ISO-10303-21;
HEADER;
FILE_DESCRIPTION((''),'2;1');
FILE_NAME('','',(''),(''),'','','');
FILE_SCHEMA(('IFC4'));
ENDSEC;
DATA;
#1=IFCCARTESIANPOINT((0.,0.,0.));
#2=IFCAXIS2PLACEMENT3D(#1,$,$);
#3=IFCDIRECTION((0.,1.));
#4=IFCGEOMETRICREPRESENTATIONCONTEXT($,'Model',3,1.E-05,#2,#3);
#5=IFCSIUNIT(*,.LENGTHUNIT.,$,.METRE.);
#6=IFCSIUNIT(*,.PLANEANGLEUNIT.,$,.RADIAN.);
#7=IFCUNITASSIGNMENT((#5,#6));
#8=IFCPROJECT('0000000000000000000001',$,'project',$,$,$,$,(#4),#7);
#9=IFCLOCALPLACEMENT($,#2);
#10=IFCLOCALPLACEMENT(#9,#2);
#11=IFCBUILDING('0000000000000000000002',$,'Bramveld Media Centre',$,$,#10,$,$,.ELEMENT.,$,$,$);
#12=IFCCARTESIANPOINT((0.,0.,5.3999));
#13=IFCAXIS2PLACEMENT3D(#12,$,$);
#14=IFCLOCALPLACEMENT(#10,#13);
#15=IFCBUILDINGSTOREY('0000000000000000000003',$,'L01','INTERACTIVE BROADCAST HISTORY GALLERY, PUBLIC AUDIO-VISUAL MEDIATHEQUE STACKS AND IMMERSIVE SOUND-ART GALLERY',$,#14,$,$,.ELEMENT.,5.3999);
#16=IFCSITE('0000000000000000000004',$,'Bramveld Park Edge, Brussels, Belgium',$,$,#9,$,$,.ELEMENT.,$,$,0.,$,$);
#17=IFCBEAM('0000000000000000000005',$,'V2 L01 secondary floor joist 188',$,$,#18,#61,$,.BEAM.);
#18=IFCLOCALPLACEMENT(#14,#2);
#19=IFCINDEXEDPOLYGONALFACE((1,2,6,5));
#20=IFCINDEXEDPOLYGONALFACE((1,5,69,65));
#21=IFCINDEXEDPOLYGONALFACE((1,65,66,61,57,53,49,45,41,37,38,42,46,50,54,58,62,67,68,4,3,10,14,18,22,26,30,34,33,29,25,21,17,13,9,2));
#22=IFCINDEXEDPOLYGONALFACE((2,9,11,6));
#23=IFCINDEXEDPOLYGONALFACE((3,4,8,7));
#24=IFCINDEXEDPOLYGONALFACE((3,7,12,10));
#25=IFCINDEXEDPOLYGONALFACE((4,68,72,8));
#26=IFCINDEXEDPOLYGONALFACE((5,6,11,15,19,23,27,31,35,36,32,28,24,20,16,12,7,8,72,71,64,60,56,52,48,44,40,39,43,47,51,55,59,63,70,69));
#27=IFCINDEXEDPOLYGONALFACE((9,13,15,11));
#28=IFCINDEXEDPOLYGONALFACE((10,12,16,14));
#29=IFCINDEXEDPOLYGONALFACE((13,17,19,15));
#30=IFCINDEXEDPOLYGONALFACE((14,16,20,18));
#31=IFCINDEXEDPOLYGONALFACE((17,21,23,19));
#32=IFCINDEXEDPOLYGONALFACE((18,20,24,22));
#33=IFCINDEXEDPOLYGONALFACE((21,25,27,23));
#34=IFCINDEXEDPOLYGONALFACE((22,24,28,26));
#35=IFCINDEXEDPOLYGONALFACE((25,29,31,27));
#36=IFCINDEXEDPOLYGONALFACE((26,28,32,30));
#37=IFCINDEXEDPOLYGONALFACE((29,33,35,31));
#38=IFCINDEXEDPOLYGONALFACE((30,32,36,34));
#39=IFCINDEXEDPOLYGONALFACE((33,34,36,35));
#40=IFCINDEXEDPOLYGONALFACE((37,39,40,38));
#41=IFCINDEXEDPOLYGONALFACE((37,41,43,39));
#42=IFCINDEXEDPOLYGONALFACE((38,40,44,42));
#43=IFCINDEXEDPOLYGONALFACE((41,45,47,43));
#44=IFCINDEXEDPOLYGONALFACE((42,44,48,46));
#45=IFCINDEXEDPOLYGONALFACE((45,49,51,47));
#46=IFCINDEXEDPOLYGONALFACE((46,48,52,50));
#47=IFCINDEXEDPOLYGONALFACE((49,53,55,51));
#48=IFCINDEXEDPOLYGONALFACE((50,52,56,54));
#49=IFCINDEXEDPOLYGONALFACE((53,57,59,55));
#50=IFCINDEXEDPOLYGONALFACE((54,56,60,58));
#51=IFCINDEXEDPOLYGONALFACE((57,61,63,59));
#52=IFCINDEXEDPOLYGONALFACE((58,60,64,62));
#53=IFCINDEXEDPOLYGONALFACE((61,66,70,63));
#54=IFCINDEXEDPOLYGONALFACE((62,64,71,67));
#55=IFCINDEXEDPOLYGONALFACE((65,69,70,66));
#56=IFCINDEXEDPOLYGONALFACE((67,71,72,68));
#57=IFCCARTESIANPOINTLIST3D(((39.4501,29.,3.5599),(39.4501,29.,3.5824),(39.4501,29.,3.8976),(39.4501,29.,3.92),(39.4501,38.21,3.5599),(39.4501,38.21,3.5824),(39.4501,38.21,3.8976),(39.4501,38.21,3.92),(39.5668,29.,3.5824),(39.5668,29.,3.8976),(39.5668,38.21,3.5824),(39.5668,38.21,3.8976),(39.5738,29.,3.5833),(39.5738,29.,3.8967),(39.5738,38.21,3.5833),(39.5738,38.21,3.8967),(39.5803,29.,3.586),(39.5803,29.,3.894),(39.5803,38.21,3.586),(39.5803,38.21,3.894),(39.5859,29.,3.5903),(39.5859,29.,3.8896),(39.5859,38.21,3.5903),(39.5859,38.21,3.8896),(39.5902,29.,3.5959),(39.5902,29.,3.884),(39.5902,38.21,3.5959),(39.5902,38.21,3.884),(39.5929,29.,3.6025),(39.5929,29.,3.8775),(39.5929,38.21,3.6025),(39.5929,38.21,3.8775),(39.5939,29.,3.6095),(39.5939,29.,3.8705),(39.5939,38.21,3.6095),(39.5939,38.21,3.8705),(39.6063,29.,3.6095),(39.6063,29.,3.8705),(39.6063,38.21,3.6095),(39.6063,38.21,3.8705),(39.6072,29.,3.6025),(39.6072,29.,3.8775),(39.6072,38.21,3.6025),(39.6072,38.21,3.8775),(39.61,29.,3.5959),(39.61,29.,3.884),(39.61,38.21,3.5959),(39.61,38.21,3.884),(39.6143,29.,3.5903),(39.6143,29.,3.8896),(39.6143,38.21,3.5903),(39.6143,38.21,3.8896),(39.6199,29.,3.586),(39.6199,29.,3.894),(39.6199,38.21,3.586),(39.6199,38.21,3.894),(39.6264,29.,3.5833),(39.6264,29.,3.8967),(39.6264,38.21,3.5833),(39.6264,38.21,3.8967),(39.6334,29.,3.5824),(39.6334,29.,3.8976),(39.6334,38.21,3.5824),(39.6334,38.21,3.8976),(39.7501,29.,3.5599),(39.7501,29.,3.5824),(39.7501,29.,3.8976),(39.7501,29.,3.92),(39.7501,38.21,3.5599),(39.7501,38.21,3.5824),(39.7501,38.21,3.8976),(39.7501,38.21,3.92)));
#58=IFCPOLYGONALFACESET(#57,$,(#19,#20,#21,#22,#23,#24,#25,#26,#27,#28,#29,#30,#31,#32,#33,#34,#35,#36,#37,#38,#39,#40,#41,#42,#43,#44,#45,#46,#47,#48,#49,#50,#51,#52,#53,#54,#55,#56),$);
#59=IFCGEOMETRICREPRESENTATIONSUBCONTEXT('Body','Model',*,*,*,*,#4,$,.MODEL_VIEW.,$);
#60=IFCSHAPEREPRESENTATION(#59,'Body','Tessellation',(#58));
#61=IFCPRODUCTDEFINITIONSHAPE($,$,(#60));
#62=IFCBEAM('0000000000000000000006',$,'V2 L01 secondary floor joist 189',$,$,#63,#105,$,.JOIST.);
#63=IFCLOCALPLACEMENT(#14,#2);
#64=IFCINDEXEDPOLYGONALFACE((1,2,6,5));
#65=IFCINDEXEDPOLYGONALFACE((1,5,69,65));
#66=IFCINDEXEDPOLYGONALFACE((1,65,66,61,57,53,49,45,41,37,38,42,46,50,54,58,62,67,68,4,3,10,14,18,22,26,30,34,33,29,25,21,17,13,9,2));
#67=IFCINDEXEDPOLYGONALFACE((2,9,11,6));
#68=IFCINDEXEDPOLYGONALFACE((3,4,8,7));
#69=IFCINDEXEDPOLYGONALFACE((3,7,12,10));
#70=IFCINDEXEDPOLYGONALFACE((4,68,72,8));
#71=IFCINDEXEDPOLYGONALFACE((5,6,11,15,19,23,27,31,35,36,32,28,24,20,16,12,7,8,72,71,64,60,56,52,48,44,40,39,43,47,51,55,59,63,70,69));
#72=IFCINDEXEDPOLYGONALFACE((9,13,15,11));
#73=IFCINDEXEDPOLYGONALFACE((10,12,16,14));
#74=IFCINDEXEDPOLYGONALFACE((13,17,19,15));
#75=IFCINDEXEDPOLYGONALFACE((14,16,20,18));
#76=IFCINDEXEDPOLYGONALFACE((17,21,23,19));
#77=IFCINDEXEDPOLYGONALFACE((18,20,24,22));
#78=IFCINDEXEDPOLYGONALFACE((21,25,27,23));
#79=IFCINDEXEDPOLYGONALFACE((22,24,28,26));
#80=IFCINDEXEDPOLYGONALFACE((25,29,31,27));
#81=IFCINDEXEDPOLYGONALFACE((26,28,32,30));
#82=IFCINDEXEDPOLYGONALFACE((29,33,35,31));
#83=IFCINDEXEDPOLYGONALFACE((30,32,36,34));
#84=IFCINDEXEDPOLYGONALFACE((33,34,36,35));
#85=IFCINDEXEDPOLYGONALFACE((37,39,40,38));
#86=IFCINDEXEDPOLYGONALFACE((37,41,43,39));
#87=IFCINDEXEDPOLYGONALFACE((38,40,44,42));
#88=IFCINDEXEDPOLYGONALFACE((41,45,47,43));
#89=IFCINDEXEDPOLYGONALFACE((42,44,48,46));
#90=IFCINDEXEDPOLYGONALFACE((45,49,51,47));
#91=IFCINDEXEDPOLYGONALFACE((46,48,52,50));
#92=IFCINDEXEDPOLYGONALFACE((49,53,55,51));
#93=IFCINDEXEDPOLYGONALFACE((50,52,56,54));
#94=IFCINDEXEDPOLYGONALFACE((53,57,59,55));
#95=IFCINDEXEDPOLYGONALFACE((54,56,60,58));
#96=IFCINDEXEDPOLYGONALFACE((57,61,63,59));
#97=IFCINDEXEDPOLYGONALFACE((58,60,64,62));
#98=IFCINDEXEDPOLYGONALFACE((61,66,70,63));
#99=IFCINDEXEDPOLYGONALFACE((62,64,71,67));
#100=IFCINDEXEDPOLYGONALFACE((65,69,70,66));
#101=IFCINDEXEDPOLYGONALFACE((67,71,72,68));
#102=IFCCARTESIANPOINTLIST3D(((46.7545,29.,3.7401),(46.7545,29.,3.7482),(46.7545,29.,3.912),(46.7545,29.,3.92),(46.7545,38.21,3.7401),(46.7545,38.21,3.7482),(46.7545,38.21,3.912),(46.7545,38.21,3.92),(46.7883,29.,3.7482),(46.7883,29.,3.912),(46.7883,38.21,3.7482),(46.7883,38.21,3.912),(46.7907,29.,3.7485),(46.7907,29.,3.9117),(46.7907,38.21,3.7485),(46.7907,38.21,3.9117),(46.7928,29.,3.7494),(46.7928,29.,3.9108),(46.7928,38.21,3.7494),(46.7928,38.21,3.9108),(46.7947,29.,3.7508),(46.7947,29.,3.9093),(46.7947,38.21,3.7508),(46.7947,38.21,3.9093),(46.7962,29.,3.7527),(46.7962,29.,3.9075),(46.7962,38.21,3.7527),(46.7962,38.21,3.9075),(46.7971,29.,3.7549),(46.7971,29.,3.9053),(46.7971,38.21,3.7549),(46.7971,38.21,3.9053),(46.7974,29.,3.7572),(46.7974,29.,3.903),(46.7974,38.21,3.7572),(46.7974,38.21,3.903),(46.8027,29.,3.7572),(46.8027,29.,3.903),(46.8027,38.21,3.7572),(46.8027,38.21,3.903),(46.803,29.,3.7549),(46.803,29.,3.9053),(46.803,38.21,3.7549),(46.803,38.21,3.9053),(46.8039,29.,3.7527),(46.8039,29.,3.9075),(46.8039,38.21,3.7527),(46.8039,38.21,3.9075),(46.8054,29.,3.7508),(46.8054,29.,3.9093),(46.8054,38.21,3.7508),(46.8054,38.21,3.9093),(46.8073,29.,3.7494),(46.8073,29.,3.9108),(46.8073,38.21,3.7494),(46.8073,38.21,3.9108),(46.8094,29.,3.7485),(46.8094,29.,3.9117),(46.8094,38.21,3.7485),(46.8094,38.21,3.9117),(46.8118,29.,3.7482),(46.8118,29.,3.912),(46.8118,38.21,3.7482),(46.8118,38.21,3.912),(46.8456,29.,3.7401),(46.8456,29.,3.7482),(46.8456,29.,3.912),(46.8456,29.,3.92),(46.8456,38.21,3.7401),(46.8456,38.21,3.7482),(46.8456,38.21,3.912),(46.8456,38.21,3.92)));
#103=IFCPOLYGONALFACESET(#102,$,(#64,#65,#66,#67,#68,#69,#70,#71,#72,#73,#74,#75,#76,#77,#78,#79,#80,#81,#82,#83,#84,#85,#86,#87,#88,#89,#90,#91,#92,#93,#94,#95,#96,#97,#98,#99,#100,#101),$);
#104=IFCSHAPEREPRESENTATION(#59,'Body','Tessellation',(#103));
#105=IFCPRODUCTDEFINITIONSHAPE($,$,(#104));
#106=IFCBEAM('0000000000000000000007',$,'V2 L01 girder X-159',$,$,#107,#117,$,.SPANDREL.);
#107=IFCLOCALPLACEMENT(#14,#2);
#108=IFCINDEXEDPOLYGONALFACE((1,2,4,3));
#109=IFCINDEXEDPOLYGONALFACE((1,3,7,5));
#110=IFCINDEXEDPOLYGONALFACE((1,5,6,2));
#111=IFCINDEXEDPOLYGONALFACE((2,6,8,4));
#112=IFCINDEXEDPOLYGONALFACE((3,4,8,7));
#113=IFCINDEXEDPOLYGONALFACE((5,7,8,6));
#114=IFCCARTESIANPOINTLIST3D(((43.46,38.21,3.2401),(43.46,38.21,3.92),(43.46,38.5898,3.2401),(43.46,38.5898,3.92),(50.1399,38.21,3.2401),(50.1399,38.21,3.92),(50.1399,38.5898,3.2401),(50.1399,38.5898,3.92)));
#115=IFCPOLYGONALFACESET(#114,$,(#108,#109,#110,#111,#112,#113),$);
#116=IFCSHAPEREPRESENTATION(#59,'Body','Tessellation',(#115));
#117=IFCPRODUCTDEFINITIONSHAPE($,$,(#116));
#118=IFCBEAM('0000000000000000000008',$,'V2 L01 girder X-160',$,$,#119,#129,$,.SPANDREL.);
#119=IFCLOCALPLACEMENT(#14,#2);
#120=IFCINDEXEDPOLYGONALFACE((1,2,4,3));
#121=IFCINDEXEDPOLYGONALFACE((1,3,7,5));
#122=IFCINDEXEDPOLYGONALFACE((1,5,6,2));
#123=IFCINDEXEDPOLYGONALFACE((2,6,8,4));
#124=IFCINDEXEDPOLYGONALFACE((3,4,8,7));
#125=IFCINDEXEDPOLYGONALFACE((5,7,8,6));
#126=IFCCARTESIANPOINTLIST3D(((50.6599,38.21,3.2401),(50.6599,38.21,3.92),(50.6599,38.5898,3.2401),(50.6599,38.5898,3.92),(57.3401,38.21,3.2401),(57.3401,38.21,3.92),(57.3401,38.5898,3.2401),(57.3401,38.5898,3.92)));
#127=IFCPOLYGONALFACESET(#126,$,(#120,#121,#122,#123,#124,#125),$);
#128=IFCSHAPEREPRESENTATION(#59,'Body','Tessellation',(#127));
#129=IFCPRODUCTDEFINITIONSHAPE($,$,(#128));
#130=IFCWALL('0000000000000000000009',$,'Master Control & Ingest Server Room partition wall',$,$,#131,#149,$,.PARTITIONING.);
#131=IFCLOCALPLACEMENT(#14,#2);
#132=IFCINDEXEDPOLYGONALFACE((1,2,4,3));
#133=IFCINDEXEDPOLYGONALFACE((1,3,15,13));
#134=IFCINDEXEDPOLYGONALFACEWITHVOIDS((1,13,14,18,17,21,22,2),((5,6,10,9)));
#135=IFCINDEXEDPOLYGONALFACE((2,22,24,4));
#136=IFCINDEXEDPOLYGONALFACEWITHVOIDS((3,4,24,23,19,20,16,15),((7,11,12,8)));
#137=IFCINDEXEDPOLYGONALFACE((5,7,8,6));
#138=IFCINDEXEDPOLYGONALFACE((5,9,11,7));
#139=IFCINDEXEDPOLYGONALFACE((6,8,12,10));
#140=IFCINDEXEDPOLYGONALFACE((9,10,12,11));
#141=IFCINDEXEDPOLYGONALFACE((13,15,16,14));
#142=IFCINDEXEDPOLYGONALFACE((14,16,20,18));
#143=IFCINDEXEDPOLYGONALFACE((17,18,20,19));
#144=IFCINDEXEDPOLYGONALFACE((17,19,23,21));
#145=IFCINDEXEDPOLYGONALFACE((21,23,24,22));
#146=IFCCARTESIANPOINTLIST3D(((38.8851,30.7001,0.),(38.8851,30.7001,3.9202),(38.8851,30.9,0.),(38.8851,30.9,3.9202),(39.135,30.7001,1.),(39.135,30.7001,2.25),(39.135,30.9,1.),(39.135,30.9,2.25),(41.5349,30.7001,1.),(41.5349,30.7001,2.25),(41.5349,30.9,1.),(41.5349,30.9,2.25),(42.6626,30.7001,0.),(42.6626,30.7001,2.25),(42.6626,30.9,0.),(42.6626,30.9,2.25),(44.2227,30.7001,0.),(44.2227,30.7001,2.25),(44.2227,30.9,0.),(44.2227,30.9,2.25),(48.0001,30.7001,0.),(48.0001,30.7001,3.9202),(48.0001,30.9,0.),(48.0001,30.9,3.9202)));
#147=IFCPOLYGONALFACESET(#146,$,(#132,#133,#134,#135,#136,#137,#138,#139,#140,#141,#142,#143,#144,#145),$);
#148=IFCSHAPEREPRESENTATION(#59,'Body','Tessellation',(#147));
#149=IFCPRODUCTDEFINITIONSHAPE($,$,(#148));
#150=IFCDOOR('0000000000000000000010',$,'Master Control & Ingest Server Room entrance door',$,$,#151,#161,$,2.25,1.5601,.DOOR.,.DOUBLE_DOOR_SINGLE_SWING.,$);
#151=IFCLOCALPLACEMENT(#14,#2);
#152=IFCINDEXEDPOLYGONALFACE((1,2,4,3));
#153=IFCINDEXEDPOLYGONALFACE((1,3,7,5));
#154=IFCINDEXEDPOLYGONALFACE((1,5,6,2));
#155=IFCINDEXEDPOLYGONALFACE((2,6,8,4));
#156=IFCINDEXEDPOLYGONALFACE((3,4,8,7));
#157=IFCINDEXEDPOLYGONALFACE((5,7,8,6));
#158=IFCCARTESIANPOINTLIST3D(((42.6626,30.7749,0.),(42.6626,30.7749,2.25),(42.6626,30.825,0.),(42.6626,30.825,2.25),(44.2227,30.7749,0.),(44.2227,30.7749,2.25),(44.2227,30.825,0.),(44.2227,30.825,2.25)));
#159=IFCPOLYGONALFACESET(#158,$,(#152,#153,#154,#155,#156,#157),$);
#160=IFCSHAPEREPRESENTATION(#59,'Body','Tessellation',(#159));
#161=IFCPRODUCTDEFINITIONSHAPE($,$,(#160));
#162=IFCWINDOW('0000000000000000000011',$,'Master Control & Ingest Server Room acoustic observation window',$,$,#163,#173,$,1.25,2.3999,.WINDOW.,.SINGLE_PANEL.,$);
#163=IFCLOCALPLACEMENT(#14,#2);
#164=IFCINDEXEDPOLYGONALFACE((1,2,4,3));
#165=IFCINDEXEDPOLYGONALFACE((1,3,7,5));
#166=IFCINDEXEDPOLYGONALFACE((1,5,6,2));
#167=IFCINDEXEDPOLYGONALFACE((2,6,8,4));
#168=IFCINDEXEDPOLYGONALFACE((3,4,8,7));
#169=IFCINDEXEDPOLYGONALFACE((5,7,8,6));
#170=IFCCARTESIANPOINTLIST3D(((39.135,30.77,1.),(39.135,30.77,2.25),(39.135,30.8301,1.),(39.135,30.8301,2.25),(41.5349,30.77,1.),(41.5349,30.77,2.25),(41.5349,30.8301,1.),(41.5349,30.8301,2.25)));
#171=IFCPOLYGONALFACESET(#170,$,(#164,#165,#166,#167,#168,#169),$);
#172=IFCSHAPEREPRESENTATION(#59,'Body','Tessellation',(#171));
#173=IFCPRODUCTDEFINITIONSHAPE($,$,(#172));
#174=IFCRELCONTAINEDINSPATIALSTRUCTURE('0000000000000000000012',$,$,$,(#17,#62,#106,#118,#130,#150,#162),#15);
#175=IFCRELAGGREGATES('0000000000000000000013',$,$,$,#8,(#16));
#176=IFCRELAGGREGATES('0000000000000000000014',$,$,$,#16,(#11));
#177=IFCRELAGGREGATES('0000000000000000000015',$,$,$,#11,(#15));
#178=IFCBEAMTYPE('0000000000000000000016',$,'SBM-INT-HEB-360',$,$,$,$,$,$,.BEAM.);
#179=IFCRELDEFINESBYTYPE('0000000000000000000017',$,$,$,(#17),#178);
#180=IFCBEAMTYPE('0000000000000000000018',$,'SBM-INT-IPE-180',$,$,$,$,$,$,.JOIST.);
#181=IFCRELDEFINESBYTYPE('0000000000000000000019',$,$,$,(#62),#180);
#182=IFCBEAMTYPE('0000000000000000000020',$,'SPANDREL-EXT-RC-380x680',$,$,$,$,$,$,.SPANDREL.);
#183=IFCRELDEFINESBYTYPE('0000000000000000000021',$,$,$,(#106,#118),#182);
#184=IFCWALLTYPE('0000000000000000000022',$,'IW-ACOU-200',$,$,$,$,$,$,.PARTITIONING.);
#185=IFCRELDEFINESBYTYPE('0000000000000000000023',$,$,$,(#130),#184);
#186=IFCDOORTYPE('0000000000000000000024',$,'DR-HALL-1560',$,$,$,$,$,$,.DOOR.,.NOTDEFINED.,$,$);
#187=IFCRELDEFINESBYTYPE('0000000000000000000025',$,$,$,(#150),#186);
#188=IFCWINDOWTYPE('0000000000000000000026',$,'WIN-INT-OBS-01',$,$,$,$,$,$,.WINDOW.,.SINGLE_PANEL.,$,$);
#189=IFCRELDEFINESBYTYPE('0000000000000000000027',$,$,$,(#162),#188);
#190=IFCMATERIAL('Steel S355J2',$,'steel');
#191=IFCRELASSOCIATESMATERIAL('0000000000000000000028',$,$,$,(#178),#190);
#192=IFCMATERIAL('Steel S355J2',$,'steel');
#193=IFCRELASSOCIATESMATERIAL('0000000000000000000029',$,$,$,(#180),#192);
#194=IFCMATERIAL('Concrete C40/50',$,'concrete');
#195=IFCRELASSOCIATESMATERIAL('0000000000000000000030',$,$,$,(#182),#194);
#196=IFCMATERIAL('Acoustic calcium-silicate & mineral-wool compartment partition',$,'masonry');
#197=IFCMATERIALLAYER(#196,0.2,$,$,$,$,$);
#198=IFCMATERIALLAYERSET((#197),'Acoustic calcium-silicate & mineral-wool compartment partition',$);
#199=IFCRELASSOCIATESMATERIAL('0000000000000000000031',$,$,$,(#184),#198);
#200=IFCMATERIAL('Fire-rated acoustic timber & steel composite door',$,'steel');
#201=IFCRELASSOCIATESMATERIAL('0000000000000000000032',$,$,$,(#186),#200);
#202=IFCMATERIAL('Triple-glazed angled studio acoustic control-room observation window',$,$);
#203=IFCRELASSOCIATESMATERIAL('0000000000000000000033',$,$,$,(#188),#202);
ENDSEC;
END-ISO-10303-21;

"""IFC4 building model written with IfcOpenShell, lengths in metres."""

from ifc_helpers import new_model, si_unit, direction, frame, frame_2d, origin, origin_2d, place, context, subcontext, project, spatial, rectangle, i_section, extrude, material, layer, layer_set, material_profile, profile_set, type_object, element, fill, save


model = new_model("IFC4")

# Units and contexts
model_context = context("Model", 3, precision=1e-05, world=origin(), true_north=direction((0.0, 1.0)))
body_context = subcontext(model_context, "Body", "Model", "MODEL_VIEW")
ifc_project = project(units=[si_unit("LENGTHUNIT", "METRE"), si_unit("PLANEANGLEUNIT", "RADIAN")], contexts=[model_context])

# Site, building, storey
site_placement = place(None, origin())
site = spatial("IfcSite", under=ifc_project, at=site_placement, Name="Bramveld Park Edge, Brussels, Belgium", CompositionType="ELEMENT", RefElevation=0.0)
building_placement = place(site_placement, origin())
building = spatial("IfcBuilding", under=site, at=building_placement, Name="Bramveld Media Centre", CompositionType="ELEMENT")
storey_placement = place(building_placement, frame((0.0, 0.0, 5.3999)))
storey = spatial("IfcBuildingStorey", under=building, at=storey_placement, Name="L01", Description="INTERACTIVE BROADCAST HISTORY GALLERY, PUBLIC AUDIO-VISUAL MEDIATHEQUE STACKS AND IMMERSIVE SOUND-ART GALLERY", CompositionType="ELEMENT", Elevation=5.3999)

# Beams
ifc_material_1 = material(Name="Steel S355J2", Category="steel")
ifc_material_profile_1 = material_profile(ifc_material_1, i_section(OverallWidth=0.3, OverallDepth=0.3601, WebThickness=0.0125, FlangeThickness=0.0225, FilletRadius=0.0271, at=origin_2d()), Name="HEB 360")
ifc_profile_set_1 = profile_set([ifc_material_profile_1], Name="Steel S355J2")
beam_type_1 = type_object("IfcBeamType", Name="SBM-INT-HEB-360", PredefinedType="BEAM", material=ifc_profile_set_1)
beam_1_placement = place(storey_placement, frame((39.6001, 29.0, 3.74), z_axis=(0.0, 1.0, 0.0), x_axis=(-1.0, 0.0, 0.0)))
element("IfcBeam", 1, at=beam_1_placement, inside=storey, type_object=beam_type_1, Name="V2 L01 secondary floor joist 188", PredefinedType="BEAM", context=body_context, shape_type="SweptSolid", body=[
    extrude(i_section(OverallWidth=0.3, OverallDepth=0.3601, WebThickness=0.0125, FlangeThickness=0.0225, FilletRadius=0.0271, at=origin_2d()), origin(), (0.0, 0.0, 1.0), 9.21),
])
ifc_material_2 = material(Name="Steel S355J2", Category="steel")
ifc_material_profile_2 = material_profile(ifc_material_2, i_section(OverallWidth=0.0911, OverallDepth=0.1799, WebThickness=0.0054, FlangeThickness=0.0081, FilletRadius=0.009, at=origin_2d()), Name="IPE 180")
ifc_profile_set_2 = profile_set([ifc_material_profile_2], Name="Steel S355J2")
beam_type_2 = type_object("IfcBeamType", Name="SBM-INT-IPE-180", PredefinedType="JOIST", material=ifc_profile_set_2)
beam_2_placement = place(storey_placement, frame((46.8, 29.0, 3.8301), z_axis=(0.0, 1.0, 0.0), x_axis=(-1.0, 0.0, 0.0)))
element("IfcBeam", 2, at=beam_2_placement, inside=storey, type_object=beam_type_2, Name="V2 L01 secondary floor joist 189", PredefinedType="JOIST", context=body_context, shape_type="SweptSolid", body=[
    extrude(i_section(OverallWidth=0.0911, OverallDepth=0.1799, WebThickness=0.0054, FlangeThickness=0.0081, FilletRadius=0.009, at=origin_2d()), origin(), (0.0, 0.0, 1.0), 9.21),
])
ifc_material_3 = material(Name="Concrete C40/50", Category="concrete")
ifc_material_profile_3 = material_profile(ifc_material_3, rectangle(XDim=0.3799, YDim=0.6799, at=origin_2d()), Name="RC 380x680")
ifc_profile_set_3 = profile_set([ifc_material_profile_3], Name="Concrete C40/50")
beam_type_3 = type_object("IfcBeamType", Name="SPANDREL-EXT-RC-380x680", PredefinedType="SPANDREL", material=ifc_profile_set_3)
beam_3_placement = place(storey_placement, frame((43.46, 38.3999, 3.5801), z_axis=(1.0, 0.0, 0.0), x_axis=(0.0, 1.0, 0.0)))
element("IfcBeam", 3, at=beam_3_placement, inside=storey, type_object=beam_type_3, Name="V2 L01 girder X-159", PredefinedType="SPANDREL", context=body_context, shape_type="SweptSolid", body=[
    extrude(rectangle(XDim=0.3799, YDim=0.6799, at=origin_2d()), origin(), (0.0, 0.0, 1.0), 6.6799),
])
beam_4_placement = place(storey_placement, frame((50.6599, 38.3999, 3.5801), z_axis=(1.0, 0.0, 0.0), x_axis=(0.0, 1.0, 0.0)))
element("IfcBeam", 4, at=beam_4_placement, inside=storey, type_object=beam_type_3, Name="V2 L01 girder X-160", PredefinedType="SPANDREL", context=body_context, shape_type="SweptSolid", body=[
    extrude(rectangle(XDim=0.3799, YDim=0.6799, at=origin_2d()), origin(), (0.0, 0.0, 1.0), 6.6802),
])

# Wall, openings, door, window
ifc_material_4 = material(Name="Acoustic calcium-silicate & mineral-wool compartment partition", Category="masonry")
ifc_layer_1 = layer(ifc_material_4, 0.2)
ifc_layer_set_1 = layer_set([ifc_layer_1], Name="Acoustic calcium-silicate & mineral-wool compartment partition")
wall_type_1 = type_object("IfcWallType", Name="IW-ACOU-200", PredefinedType="PARTITIONING", material=ifc_layer_set_1)
wall_1_placement = place(storey_placement, frame((38.885, 30.8, 0.0), z_axis=(0.0, 0.0, 1.0), x_axis=(1.0, 0.0, 0.0)))
wall_1 = element("IfcWall", 5, at=wall_1_placement, inside=storey, type_object=wall_type_1, Name="Master Control & Ingest Server Room partition wall", PredefinedType="PARTITIONING", context=body_context, shape_type="SweptSolid", body=[
    extrude(rectangle(XDim=9.115, YDim=0.2, at=frame_2d((4.5576, 0.0))), origin(), (0.0, 0.0, 1.0), 3.9202),
])
opening_1_placement = place(wall_1_placement, frame((3.7776, 0.0, 0.0)))
opening_1 = element("IfcOpeningElement", 6, at=opening_1_placement, cuts=wall_1, PredefinedType="OPENING", context=body_context, shape_type="SweptSolid", body=[
    extrude(rectangle(XDim=1.5601, YDim=2.25, at=frame_2d((0.78, 1.125))), frame((0.0, 0.1118, 0.0), z_axis=(0.0, -1.0, 0.0), x_axis=(1.0, 0.0, 0.0)), (0.0, 0.0, 1.0), 0.2239),
])
opening_2_placement = place(wall_1_placement, frame((0.25, 0.0, 1.0)))
opening_2 = element("IfcOpeningElement", 7, at=opening_2_placement, cuts=wall_1, PredefinedType="OPENING", context=body_context, shape_type="SweptSolid", body=[
    extrude(rectangle(XDim=2.3999, YDim=1.25, at=frame_2d((1.2, 0.625))), frame((0.0, 0.1118, 0.0), z_axis=(0.0, -1.0, 0.0), x_axis=(1.0, 0.0, 0.0)), (0.0, 0.0, 1.0), 0.2239),
])
ifc_material_5 = material(Name="Fire-rated acoustic timber & steel composite door", Category="steel")
door_type_1 = type_object("IfcDoorType", Name="DR-HALL-1560", OperationType="NOTDEFINED", PredefinedType="DOOR", material=ifc_material_5)
door_1_placement = place(opening_1_placement, origin())
door_1 = element("IfcDoor", 8, at=door_1_placement, inside=storey, type_object=door_type_1, Name="Master Control & Ingest Server Room entrance door", OperationType="DOUBLE_DOOR_SINGLE_SWING", OverallHeight=2.25, OverallWidth=1.5601, PredefinedType="DOOR", context=body_context, shape_type="SweptSolid", body=[
    extrude(rectangle(XDim=1.5601, YDim=2.25, at=frame_2d((0.78, 1.125))), frame((0.0, 0.0249, 0.0), z_axis=(0.0, -1.0, 0.0), x_axis=(1.0, 0.0, 0.0)), (0.0, 0.0, 1.0), 0.05),
])
fill(opening_1, door_1)
ifc_material_6 = material(Name="Triple-glazed angled studio acoustic control-room observation window")
window_type = type_object("IfcWindowType", Name="WIN-INT-OBS-01", PartitioningType="SINGLE_PANEL", PredefinedType="WINDOW", material=ifc_material_6)
window_placement = place(opening_2_placement, origin())
window = element("IfcWindow", 9, at=window_placement, inside=storey, type_object=window_type, Name="Master Control & Ingest Server Room acoustic observation window", OverallHeight=1.25, OverallWidth=2.3999, PartitioningType="SINGLE_PANEL", PredefinedType="WINDOW", context=body_context, shape_type="SweptSolid", body=[
    extrude(rectangle(XDim=2.3999, YDim=1.25, at=frame_2d((1.2, 0.625))), frame((0.0, 0.03, 0.0), z_axis=(0.0, -1.0, 0.0), x_axis=(1.0, 0.0, 0.0)), (0.0, 0.0, 1.0), 0.0601),
])
fill(opening_2, window)

save(model, "model.ifc")
